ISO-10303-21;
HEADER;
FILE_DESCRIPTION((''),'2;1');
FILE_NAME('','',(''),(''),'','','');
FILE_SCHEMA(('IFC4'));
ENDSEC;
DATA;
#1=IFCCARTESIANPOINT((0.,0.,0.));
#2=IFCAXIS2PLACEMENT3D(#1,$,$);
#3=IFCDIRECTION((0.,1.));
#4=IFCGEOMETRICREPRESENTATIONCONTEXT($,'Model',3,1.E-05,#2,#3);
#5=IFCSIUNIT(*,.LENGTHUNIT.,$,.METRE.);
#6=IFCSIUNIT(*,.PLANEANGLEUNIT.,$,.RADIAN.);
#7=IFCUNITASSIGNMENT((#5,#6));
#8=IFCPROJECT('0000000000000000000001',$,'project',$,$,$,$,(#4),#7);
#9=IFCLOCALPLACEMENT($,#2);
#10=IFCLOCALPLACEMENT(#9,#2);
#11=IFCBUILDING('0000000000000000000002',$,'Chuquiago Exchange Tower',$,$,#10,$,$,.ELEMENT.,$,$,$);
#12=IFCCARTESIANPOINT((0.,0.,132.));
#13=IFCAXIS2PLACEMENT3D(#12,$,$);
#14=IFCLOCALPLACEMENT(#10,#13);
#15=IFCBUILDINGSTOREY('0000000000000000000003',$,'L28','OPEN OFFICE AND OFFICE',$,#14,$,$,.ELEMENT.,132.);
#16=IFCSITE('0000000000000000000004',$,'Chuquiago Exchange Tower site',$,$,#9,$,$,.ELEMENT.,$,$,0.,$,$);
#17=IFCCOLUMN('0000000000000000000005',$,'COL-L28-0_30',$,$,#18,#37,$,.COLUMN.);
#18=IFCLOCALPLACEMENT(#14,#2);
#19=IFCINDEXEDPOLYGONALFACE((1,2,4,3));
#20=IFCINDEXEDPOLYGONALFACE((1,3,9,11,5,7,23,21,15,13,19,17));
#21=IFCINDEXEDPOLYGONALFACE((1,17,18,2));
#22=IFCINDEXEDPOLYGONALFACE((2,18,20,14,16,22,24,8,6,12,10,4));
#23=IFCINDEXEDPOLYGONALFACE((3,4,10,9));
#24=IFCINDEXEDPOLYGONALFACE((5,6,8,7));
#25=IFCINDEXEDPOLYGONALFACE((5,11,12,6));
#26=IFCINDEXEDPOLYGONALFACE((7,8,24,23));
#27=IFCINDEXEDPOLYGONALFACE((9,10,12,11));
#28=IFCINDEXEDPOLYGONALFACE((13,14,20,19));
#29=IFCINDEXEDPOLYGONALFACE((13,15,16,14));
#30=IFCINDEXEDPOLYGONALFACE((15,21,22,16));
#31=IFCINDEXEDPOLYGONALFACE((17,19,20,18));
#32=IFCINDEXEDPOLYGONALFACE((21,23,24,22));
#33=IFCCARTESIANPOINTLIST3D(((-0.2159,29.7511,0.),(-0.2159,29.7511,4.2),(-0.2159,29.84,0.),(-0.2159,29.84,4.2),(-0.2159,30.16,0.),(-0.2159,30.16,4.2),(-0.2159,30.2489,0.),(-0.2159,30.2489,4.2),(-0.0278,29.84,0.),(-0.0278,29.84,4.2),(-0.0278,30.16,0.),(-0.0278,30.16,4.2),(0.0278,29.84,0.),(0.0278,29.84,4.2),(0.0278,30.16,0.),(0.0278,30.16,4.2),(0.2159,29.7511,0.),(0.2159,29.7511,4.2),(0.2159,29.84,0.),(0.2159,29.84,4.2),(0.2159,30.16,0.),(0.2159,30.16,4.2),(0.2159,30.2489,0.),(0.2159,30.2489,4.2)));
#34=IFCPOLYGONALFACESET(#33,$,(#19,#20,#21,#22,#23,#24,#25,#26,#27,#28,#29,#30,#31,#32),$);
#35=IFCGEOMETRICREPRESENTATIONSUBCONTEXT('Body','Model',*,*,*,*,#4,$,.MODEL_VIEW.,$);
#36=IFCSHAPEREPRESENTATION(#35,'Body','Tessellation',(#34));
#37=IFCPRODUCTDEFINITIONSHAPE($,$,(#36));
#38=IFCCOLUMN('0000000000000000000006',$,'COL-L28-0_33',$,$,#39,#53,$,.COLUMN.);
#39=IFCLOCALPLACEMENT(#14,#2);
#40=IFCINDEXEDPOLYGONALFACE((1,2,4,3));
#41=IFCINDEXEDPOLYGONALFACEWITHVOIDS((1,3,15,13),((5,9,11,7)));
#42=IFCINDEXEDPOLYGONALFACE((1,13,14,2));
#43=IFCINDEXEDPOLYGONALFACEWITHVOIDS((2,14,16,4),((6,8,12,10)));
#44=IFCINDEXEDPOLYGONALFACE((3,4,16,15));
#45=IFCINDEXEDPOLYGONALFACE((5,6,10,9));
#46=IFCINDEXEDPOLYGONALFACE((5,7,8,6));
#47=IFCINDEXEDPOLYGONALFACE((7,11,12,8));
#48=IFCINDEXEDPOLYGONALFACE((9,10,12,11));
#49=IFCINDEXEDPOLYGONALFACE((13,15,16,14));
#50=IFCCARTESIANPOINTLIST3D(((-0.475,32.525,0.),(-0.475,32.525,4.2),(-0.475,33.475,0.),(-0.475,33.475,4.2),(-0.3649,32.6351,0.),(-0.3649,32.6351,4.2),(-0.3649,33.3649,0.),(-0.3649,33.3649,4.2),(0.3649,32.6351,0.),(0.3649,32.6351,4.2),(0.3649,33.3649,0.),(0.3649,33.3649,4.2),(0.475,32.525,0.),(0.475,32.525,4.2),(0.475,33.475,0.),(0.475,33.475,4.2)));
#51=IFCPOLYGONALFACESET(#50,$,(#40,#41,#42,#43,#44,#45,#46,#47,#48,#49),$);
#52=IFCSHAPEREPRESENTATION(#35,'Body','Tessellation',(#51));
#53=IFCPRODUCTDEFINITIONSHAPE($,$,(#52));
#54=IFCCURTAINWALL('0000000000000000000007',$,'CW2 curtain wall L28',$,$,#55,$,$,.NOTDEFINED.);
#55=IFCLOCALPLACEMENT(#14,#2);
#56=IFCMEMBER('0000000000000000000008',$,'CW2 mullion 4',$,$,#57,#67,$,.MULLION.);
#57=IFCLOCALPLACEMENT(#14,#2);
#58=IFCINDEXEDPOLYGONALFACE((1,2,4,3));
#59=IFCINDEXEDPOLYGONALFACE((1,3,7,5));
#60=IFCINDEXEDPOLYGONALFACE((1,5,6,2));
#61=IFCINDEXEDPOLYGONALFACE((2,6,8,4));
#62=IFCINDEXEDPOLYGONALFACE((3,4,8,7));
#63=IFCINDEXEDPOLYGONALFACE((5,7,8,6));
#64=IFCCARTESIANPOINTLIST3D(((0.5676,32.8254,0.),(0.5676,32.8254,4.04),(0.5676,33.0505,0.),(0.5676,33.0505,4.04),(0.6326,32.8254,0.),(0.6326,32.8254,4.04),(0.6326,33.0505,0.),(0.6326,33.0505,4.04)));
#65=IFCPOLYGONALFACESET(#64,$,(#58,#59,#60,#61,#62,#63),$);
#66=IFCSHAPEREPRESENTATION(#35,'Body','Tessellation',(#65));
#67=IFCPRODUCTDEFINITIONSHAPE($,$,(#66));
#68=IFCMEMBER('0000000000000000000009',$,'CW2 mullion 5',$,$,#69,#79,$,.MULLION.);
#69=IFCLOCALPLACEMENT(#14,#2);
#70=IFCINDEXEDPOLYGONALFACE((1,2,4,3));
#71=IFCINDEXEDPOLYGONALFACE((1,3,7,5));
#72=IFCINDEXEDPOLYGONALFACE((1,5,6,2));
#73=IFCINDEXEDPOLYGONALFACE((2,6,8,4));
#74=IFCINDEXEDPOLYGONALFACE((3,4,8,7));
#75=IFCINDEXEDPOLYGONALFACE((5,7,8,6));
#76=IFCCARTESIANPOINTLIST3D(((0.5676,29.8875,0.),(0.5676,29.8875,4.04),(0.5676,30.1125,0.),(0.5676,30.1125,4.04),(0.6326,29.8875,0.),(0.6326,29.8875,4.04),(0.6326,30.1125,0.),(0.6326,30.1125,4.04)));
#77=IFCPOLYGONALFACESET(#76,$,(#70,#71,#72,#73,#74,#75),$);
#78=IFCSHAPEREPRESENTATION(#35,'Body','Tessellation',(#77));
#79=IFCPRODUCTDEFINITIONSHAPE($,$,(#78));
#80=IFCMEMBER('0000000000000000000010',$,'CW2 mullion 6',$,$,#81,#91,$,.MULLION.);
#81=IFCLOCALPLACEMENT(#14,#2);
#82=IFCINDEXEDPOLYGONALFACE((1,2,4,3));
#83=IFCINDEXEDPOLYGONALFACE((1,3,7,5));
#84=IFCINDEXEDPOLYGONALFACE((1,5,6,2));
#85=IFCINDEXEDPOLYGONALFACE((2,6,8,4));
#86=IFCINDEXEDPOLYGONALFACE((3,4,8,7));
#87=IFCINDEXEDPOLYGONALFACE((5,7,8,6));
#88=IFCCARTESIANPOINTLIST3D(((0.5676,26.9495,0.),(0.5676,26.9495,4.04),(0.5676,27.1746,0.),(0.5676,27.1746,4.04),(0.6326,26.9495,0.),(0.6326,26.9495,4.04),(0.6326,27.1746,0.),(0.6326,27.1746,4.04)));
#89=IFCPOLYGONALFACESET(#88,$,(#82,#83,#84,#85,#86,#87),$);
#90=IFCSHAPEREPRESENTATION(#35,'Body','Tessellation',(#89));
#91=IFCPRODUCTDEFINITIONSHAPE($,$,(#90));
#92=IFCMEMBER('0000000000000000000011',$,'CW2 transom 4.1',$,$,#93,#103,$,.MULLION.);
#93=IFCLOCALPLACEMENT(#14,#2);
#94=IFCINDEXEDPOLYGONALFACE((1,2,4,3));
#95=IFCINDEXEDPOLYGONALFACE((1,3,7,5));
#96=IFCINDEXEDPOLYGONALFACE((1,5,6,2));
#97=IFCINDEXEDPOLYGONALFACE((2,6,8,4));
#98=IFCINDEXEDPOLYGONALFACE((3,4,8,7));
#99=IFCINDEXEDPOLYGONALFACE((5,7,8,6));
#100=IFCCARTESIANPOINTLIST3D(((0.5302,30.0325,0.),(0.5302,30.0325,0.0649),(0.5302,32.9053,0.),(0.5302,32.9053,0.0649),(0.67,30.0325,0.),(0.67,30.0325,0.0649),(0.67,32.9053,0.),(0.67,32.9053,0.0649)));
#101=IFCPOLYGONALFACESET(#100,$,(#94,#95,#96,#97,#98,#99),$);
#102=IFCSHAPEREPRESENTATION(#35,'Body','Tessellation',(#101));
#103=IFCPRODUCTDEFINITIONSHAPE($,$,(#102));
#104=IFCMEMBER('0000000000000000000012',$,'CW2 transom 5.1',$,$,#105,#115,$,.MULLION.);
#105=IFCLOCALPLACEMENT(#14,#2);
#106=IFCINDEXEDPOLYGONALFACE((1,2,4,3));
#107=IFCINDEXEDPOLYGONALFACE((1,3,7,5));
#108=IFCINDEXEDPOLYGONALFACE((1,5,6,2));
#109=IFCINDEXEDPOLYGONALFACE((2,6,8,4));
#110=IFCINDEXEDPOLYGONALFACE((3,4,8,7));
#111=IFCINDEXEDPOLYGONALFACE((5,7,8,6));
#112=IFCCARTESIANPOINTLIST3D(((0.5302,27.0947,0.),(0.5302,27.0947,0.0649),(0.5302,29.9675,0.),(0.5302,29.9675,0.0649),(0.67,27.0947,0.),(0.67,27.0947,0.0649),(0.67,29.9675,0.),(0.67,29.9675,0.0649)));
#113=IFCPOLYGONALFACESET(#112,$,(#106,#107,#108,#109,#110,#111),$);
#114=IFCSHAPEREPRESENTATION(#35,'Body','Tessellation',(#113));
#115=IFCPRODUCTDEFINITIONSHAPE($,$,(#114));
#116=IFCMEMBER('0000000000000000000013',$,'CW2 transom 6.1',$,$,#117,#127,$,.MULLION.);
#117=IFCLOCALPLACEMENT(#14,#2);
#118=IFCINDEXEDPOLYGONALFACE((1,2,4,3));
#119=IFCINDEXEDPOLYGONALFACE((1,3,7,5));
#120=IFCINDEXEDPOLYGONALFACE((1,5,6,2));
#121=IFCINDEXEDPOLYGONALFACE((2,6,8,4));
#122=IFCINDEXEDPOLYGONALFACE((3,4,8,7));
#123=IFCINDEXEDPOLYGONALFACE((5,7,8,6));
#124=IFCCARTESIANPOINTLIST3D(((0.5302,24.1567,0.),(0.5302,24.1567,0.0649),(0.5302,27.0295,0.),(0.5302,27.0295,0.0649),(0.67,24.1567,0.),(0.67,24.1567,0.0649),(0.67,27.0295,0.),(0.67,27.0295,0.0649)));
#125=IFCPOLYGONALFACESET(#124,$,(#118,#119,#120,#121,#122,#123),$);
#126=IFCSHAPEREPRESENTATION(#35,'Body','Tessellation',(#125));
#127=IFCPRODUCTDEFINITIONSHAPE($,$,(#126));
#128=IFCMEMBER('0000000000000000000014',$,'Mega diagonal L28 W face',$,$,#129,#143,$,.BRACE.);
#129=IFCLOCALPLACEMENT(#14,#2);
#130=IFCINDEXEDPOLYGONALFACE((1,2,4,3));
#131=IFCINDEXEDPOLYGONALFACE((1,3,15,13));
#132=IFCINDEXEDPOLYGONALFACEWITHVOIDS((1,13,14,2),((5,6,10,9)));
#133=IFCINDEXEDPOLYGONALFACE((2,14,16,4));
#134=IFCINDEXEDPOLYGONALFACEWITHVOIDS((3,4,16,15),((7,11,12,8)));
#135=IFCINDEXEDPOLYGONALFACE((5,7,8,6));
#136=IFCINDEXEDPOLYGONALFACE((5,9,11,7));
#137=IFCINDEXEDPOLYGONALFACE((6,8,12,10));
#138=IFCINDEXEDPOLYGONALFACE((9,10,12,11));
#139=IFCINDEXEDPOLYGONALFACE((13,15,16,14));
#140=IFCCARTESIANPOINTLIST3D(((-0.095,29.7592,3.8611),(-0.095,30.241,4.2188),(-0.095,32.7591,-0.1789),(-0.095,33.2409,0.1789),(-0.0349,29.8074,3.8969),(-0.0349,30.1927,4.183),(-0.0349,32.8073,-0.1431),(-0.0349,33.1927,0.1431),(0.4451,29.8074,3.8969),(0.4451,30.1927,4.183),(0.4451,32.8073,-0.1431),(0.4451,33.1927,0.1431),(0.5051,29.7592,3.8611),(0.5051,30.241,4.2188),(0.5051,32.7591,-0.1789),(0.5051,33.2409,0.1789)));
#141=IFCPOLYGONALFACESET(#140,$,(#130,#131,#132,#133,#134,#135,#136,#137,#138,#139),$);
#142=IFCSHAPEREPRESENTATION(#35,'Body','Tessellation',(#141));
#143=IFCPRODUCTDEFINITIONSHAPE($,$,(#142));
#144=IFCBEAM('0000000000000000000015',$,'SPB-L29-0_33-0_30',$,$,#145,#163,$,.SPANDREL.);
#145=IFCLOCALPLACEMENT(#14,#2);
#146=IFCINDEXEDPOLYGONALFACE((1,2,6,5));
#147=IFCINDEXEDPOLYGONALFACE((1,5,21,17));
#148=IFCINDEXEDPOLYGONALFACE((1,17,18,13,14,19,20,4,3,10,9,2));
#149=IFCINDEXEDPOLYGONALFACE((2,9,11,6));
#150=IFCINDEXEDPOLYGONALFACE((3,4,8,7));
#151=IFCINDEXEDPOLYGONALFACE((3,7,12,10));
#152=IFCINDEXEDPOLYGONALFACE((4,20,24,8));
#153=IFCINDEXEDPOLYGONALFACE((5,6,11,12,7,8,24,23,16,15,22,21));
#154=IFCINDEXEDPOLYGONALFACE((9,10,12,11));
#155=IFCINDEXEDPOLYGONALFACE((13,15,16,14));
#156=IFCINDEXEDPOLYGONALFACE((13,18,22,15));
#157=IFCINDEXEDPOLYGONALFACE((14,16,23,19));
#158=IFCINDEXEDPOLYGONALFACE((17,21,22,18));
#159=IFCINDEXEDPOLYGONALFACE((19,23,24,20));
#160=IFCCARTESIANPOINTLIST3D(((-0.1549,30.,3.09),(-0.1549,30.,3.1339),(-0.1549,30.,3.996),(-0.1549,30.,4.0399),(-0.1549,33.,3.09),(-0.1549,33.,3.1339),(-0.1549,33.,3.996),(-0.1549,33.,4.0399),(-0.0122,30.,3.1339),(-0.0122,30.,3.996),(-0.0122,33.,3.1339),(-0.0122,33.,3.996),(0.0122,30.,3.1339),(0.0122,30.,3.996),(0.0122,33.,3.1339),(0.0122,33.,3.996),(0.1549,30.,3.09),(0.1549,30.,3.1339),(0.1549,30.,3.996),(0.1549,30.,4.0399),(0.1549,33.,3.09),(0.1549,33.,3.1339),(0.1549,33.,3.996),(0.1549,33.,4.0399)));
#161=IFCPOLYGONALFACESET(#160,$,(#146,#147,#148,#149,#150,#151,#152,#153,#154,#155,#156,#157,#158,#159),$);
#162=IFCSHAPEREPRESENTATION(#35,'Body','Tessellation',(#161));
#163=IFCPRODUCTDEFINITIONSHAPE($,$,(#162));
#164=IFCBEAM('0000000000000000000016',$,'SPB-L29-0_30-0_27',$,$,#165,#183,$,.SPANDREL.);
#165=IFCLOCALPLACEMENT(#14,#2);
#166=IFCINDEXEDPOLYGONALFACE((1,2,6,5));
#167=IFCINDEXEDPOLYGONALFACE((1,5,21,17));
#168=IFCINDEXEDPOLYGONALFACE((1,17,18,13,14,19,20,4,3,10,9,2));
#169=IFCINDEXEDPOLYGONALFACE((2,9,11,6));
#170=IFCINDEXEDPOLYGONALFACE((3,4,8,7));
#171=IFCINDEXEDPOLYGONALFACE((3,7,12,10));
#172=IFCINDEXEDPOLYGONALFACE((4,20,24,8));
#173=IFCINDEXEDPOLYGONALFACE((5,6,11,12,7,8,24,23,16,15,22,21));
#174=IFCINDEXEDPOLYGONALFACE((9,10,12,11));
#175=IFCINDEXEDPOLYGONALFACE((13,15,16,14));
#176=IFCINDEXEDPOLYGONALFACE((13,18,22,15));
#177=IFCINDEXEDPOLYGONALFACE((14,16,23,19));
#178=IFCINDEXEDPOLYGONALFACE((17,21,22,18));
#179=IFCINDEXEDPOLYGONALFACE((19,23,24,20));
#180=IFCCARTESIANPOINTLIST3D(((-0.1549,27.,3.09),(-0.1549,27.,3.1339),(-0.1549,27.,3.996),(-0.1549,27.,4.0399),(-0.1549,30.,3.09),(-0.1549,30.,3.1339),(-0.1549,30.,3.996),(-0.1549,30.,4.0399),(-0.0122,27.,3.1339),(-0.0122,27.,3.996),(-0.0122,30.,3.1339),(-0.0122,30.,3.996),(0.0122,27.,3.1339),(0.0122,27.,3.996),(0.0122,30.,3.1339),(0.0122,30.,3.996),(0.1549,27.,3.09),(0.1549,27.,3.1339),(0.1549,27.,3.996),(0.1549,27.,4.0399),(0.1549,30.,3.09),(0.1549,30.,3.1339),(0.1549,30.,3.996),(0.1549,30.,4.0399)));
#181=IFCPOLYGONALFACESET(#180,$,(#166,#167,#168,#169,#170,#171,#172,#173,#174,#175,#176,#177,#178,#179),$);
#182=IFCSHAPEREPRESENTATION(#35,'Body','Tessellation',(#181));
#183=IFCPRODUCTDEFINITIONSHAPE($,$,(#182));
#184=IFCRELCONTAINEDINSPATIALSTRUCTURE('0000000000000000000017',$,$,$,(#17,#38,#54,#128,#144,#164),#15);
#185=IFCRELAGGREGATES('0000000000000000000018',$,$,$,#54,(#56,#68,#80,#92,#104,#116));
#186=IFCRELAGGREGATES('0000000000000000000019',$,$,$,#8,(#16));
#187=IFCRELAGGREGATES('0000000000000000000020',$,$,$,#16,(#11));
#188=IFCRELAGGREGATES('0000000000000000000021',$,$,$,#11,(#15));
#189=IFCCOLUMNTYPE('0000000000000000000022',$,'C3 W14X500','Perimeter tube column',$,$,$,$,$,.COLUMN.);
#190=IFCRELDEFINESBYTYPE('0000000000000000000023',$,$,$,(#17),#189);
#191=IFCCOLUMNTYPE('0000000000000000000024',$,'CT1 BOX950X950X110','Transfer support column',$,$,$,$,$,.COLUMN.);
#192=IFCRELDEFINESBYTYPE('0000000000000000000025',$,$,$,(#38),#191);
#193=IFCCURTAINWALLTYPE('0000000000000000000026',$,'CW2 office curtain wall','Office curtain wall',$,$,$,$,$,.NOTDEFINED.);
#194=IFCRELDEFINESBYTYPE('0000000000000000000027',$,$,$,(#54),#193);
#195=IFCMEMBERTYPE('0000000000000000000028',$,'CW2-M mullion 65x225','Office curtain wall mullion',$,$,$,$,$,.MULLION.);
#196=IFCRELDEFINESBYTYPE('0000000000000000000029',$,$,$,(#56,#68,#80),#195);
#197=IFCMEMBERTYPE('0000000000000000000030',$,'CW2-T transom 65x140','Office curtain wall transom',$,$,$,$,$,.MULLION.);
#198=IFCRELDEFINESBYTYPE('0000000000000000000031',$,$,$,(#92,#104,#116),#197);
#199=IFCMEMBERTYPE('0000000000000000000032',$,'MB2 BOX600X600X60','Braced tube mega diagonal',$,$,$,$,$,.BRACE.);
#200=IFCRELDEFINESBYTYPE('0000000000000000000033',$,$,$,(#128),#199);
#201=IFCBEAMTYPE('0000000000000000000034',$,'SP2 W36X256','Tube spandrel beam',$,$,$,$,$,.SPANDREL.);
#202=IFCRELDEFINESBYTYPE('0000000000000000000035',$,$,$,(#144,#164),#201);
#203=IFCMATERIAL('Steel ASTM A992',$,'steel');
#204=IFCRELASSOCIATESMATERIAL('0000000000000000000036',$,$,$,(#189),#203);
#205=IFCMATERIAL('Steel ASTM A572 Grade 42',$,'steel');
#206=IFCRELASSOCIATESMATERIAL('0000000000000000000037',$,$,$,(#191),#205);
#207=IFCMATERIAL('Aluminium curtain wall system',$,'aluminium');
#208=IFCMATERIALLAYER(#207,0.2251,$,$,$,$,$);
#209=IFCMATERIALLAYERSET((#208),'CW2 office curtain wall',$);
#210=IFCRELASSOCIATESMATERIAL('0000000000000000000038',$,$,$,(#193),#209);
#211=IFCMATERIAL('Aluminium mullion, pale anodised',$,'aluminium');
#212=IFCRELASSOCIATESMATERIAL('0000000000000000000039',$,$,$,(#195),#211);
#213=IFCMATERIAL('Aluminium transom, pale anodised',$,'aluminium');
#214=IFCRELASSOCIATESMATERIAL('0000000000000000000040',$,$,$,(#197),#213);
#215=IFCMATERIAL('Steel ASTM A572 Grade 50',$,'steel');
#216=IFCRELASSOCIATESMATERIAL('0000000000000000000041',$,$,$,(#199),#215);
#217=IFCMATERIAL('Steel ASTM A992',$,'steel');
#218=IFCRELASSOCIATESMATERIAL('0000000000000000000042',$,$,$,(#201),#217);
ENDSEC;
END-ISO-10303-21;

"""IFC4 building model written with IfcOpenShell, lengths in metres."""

from ifc_helpers import new_model, si_unit, direction, frame, origin, origin_2d, place, context, subcontext, project, spatial, rectangle, hollow_rectangle, i_section, extrude, material, layer, layer_set, material_profile, profile_set, type_object, element, aggregate, save


model = new_model("IFC4")

# Units and contexts
model_context = context("Model", 3, precision=1e-05, world=origin(), true_north=direction((0.0, 1.0)))
body_context = subcontext(model_context, "Body", "Model", "MODEL_VIEW")
ifc_project = project(units=[si_unit("LENGTHUNIT", "METRE"), si_unit("PLANEANGLEUNIT", "RADIAN")], contexts=[model_context])

# Site, building, storey
site_placement = place(None, origin())
site = spatial("IfcSite", under=ifc_project, at=site_placement, Name="Chuquiago Exchange Tower site", CompositionType="ELEMENT", RefElevation=0.0)
building_placement = place(site_placement, origin())
building = spatial("IfcBuilding", under=site, at=building_placement, Name="Chuquiago Exchange Tower", CompositionType="ELEMENT")
storey_placement = place(building_placement, frame((0.0, 0.0, 132.0)))
storey = spatial("IfcBuildingStorey", under=building, at=storey_placement, Name="L28", Description="OPEN OFFICE AND OFFICE", CompositionType="ELEMENT", Elevation=132.0)

# Columns
ifc_material_1 = material(Name="Steel ASTM A992", Category="steel")
ifc_material_profile_1 = material_profile(ifc_material_1, i_section(OverallWidth=0.4319, OverallDepth=0.4978, WebThickness=0.0557, FlangeThickness=0.0889, at=origin_2d()), Name="W14X500")
ifc_profile_set_1 = profile_set([ifc_material_profile_1], Name="Steel ASTM A992")
column_type_1 = type_object("IfcColumnType", Name="C3 W14X500", Description="Perimeter tube column", PredefinedType="COLUMN", material=ifc_profile_set_1)
column_1_placement = place(storey_placement, frame((0.0, 30.0, 0.0), z_axis=(0.0, 0.0, 1.0), x_axis=(-1.0, 0.0, 0.0)))
element("IfcColumn", 1, at=column_1_placement, inside=storey, type_object=column_type_1, Name="COL-L28-0_30", PredefinedType="COLUMN", context=body_context, shape_type="SweptSolid", body=[
    extrude(i_section(OverallWidth=0.4319, OverallDepth=0.4978, WebThickness=0.0557, FlangeThickness=0.0889, at=origin_2d()), origin(), (0.0, 0.0, 1.0), 4.2),
])
ifc_material_2 = material(Name="Steel ASTM A572 Grade 42", Category="steel")
ifc_material_profile_2 = material_profile(ifc_material_2, hollow_rectangle(XDim=0.95, YDim=0.95, WallThickness=0.1101, at=origin_2d()), Name="BOX950X950X110")
ifc_profile_set_2 = profile_set([ifc_material_profile_2], Name="Steel ASTM A572 Grade 42")
column_type_2 = type_object("IfcColumnType", Name="CT1 BOX950X950X110", Description="Transfer support column", PredefinedType="COLUMN", material=ifc_profile_set_2)
column_2_placement = place(storey_placement, frame((0.0, 33.0, 0.0), z_axis=(0.0, 0.0, 1.0), x_axis=(-1.0, 0.0, 0.0)))
element("IfcColumn", 2, at=column_2_placement, inside=storey, type_object=column_type_2, Name="COL-L28-0_33", PredefinedType="COLUMN", context=body_context, shape_type="SweptSolid", body=[
    extrude(hollow_rectangle(XDim=0.95, YDim=0.95, WallThickness=0.1101, at=origin_2d()), origin(), (0.0, 0.0, 1.0), 4.2),
])

# Curtain wall, members
ifc_material_3 = material(Name="Aluminium curtain wall system", Category="aluminium")
ifc_layer_1 = layer(ifc_material_3, 0.2251)
ifc_layer_set_1 = layer_set([ifc_layer_1], Name="CW2 office curtain wall")
curtain_wall_type = type_object("IfcCurtainWallType", Name="CW2 office curtain wall", Description="Office curtain wall", PredefinedType="NOTDEFINED", material=ifc_layer_set_1)
curtain_wall_placement = place(storey_placement, origin())
curtain_wall = element("IfcCurtainWall", 3, at=curtain_wall_placement, inside=storey, type_object=curtain_wall_type, Name="CW2 curtain wall L28", PredefinedType="NOTDEFINED")
ifc_material_4 = material(Name="Aluminium mullion, pale anodised", Category="aluminium")
ifc_material_profile_3 = material_profile(ifc_material_4, rectangle(XDim=0.0649, YDim=0.2251, at=origin_2d()), Name="AL 65x225")
ifc_profile_set_3 = profile_set([ifc_material_profile_3], Name="Aluminium mullion, pale anodised")
member_type_1 = type_object("IfcMemberType", Name="CW2-M mullion 65x225", Description="Office curtain wall mullion", PredefinedType="MULLION", material=ifc_profile_set_3)
member_1_placement = place(storey_placement, frame((0.6001, 32.938, 0.0), z_axis=(0.0, 0.0, 1.0), x_axis=(1.0, 0.0, 0.0)))
member_1 = element("IfcMember", 4, at=member_1_placement, type_object=member_type_1, Name="CW2 mullion 4", PredefinedType="MULLION", context=body_context, shape_type="SweptSolid", body=[
    extrude(rectangle(XDim=0.0649, YDim=0.2251, at=origin_2d()), origin(), (0.0, 0.0, 1.0), 4.04),
])
member_2_placement = place(storey_placement, frame((0.6001, 30.0, 0.0), z_axis=(0.0, 0.0, 1.0), x_axis=(1.0, 0.0, 0.0)))
member_2 = element("IfcMember", 5, at=member_2_placement, type_object=member_type_1, Name="CW2 mullion 5", PredefinedType="MULLION", context=body_context, shape_type="SweptSolid", body=[
    extrude(rectangle(XDim=0.0649, YDim=0.2251, at=origin_2d()), origin(), (0.0, 0.0, 1.0), 4.04),
])
member_3_placement = place(storey_placement, frame((0.6001, 27.062, 0.0), z_axis=(0.0, 0.0, 1.0), x_axis=(1.0, 0.0, 0.0)))
member_3 = element("IfcMember", 6, at=member_3_placement, type_object=member_type_1, Name="CW2 mullion 6", PredefinedType="MULLION", context=body_context, shape_type="SweptSolid", body=[
    extrude(rectangle(XDim=0.0649, YDim=0.2251, at=origin_2d()), origin(), (0.0, 0.0, 1.0), 4.04),
])
ifc_material_5 = material(Name="Aluminium transom, pale anodised", Category="aluminium")
ifc_material_profile_4 = material_profile(ifc_material_5, rectangle(XDim=0.1399, YDim=0.0649, at=origin_2d()), Name="AL 140x65")
ifc_profile_set_4 = profile_set([ifc_material_profile_4], Name="Aluminium transom, pale anodised")
member_type_2 = type_object("IfcMemberType", Name="CW2-T transom 65x140", Description="Office curtain wall transom", PredefinedType="MULLION", material=ifc_profile_set_4)
member_4_placement = place(storey_placement, frame((0.6001, 32.9053, 0.0325), z_axis=(0.0, -1.0, 0.0), x_axis=(1.0, 0.0, 0.0)))
member_4 = element("IfcMember", 7, at=member_4_placement, type_object=member_type_2, Name="CW2 transom 4.1", PredefinedType="MULLION", context=body_context, shape_type="SweptSolid", body=[
    extrude(rectangle(XDim=0.1399, YDim=0.0649, at=origin_2d()), origin(), (0.0, 0.0, 1.0), 2.8728),
])
member_5_placement = place(storey_placement, frame((0.6001, 29.9675, 0.0325), z_axis=(0.0, -1.0, 0.0), x_axis=(1.0, 0.0, 0.0)))
member_5 = element("IfcMember", 8, at=member_5_placement, type_object=member_type_2, Name="CW2 transom 5.1", PredefinedType="MULLION", context=body_context, shape_type="SweptSolid", body=[
    extrude(rectangle(XDim=0.1399, YDim=0.0649, at=origin_2d()), origin(), (0.0, 0.0, 1.0), 2.8728),
])
member_6_placement = place(storey_placement, frame((0.6001, 27.0295, 0.0325), z_axis=(0.0, -1.0, 0.0), x_axis=(1.0, 0.0, 0.0)))
member_6 = element("IfcMember", 9, at=member_6_placement, type_object=member_type_2, Name="CW2 transom 6.1", PredefinedType="MULLION", context=body_context, shape_type="SweptSolid", body=[
    extrude(rectangle(XDim=0.1399, YDim=0.0649, at=origin_2d()), origin(), (0.0, 0.0, 1.0), 2.8728),
])

# Member
ifc_material_6 = material(Name="Steel ASTM A572 Grade 50", Category="steel")
ifc_material_profile_5 = material_profile(ifc_material_6, hollow_rectangle(XDim=0.6001, YDim=0.6001, WallThickness=0.0601, at=origin_2d()), Name="BOX600X600X60")
ifc_profile_set_5 = profile_set([ifc_material_profile_5], Name="Steel ASTM A572 Grade 50")
member_type_3 = type_object("IfcMemberType", Name="MB2 BOX600X600X60", Description="Braced tube mega diagonal", PredefinedType="BRACE", material=ifc_profile_set_5)
member_7_placement = place(storey_placement, frame((0.2051, 33.0, 0.0), z_axis=(0.0, -0.596174, 0.802855), x_axis=(1.0, 0.0, 0.0)))
element("IfcMember", 10, at=member_7_placement, inside=storey, type_object=member_type_3, Name="Mega diagonal L28 W face", PredefinedType="BRACE", context=body_context, shape_type="SweptSolid", body=[
    extrude(hollow_rectangle(XDim=0.6001, YDim=0.6001, WallThickness=0.0601, at=origin_2d()), origin(), (0.0, 0.0, 1.0), 5.032),
])

# Beams
ifc_material_7 = material(Name="Steel ASTM A992", Category="steel")
ifc_material_profile_6 = material_profile(ifc_material_7, i_section(OverallWidth=0.3098, OverallDepth=0.95, WebThickness=0.0244, FlangeThickness=0.0439, at=origin_2d()), Name="W36X256")
ifc_profile_set_6 = profile_set([ifc_material_profile_6], Name="Steel ASTM A992")
beam_type = type_object("IfcBeamType", Name="SP2 W36X256", Description="Tube spandrel beam", PredefinedType="SPANDREL", material=ifc_profile_set_6)
for number, where, z_axis, x_axis, name in (
    (11, (0.0, 33.0, 3.5649), (0.0, -1.0, 0.0), (1.0, 0.0, 0.0), "SPB-L29-0_33-0_30"),
    (12, (0.0, 30.0, 3.5649), (0.0, -1.0, 0.0), (1.0, 0.0, 0.0), "SPB-L29-0_30-0_27"),
):
    element("IfcBeam", number, at=place(storey_placement, frame(where, z_axis=z_axis, x_axis=x_axis)), inside=storey, type_object=beam_type, Name=name, PredefinedType="SPANDREL", context=body_context, shape_type="SweptSolid", body=[
        extrude(i_section(OverallWidth=0.3098, OverallDepth=0.95, WebThickness=0.0244, FlangeThickness=0.0439, at=origin_2d()), origin(), (0.0, 0.0, 1.0), 3.0),
    ])

aggregate(curtain_wall, [member_1, member_2, member_3, member_4, member_5, member_6])

save(model, "model.ifc")
